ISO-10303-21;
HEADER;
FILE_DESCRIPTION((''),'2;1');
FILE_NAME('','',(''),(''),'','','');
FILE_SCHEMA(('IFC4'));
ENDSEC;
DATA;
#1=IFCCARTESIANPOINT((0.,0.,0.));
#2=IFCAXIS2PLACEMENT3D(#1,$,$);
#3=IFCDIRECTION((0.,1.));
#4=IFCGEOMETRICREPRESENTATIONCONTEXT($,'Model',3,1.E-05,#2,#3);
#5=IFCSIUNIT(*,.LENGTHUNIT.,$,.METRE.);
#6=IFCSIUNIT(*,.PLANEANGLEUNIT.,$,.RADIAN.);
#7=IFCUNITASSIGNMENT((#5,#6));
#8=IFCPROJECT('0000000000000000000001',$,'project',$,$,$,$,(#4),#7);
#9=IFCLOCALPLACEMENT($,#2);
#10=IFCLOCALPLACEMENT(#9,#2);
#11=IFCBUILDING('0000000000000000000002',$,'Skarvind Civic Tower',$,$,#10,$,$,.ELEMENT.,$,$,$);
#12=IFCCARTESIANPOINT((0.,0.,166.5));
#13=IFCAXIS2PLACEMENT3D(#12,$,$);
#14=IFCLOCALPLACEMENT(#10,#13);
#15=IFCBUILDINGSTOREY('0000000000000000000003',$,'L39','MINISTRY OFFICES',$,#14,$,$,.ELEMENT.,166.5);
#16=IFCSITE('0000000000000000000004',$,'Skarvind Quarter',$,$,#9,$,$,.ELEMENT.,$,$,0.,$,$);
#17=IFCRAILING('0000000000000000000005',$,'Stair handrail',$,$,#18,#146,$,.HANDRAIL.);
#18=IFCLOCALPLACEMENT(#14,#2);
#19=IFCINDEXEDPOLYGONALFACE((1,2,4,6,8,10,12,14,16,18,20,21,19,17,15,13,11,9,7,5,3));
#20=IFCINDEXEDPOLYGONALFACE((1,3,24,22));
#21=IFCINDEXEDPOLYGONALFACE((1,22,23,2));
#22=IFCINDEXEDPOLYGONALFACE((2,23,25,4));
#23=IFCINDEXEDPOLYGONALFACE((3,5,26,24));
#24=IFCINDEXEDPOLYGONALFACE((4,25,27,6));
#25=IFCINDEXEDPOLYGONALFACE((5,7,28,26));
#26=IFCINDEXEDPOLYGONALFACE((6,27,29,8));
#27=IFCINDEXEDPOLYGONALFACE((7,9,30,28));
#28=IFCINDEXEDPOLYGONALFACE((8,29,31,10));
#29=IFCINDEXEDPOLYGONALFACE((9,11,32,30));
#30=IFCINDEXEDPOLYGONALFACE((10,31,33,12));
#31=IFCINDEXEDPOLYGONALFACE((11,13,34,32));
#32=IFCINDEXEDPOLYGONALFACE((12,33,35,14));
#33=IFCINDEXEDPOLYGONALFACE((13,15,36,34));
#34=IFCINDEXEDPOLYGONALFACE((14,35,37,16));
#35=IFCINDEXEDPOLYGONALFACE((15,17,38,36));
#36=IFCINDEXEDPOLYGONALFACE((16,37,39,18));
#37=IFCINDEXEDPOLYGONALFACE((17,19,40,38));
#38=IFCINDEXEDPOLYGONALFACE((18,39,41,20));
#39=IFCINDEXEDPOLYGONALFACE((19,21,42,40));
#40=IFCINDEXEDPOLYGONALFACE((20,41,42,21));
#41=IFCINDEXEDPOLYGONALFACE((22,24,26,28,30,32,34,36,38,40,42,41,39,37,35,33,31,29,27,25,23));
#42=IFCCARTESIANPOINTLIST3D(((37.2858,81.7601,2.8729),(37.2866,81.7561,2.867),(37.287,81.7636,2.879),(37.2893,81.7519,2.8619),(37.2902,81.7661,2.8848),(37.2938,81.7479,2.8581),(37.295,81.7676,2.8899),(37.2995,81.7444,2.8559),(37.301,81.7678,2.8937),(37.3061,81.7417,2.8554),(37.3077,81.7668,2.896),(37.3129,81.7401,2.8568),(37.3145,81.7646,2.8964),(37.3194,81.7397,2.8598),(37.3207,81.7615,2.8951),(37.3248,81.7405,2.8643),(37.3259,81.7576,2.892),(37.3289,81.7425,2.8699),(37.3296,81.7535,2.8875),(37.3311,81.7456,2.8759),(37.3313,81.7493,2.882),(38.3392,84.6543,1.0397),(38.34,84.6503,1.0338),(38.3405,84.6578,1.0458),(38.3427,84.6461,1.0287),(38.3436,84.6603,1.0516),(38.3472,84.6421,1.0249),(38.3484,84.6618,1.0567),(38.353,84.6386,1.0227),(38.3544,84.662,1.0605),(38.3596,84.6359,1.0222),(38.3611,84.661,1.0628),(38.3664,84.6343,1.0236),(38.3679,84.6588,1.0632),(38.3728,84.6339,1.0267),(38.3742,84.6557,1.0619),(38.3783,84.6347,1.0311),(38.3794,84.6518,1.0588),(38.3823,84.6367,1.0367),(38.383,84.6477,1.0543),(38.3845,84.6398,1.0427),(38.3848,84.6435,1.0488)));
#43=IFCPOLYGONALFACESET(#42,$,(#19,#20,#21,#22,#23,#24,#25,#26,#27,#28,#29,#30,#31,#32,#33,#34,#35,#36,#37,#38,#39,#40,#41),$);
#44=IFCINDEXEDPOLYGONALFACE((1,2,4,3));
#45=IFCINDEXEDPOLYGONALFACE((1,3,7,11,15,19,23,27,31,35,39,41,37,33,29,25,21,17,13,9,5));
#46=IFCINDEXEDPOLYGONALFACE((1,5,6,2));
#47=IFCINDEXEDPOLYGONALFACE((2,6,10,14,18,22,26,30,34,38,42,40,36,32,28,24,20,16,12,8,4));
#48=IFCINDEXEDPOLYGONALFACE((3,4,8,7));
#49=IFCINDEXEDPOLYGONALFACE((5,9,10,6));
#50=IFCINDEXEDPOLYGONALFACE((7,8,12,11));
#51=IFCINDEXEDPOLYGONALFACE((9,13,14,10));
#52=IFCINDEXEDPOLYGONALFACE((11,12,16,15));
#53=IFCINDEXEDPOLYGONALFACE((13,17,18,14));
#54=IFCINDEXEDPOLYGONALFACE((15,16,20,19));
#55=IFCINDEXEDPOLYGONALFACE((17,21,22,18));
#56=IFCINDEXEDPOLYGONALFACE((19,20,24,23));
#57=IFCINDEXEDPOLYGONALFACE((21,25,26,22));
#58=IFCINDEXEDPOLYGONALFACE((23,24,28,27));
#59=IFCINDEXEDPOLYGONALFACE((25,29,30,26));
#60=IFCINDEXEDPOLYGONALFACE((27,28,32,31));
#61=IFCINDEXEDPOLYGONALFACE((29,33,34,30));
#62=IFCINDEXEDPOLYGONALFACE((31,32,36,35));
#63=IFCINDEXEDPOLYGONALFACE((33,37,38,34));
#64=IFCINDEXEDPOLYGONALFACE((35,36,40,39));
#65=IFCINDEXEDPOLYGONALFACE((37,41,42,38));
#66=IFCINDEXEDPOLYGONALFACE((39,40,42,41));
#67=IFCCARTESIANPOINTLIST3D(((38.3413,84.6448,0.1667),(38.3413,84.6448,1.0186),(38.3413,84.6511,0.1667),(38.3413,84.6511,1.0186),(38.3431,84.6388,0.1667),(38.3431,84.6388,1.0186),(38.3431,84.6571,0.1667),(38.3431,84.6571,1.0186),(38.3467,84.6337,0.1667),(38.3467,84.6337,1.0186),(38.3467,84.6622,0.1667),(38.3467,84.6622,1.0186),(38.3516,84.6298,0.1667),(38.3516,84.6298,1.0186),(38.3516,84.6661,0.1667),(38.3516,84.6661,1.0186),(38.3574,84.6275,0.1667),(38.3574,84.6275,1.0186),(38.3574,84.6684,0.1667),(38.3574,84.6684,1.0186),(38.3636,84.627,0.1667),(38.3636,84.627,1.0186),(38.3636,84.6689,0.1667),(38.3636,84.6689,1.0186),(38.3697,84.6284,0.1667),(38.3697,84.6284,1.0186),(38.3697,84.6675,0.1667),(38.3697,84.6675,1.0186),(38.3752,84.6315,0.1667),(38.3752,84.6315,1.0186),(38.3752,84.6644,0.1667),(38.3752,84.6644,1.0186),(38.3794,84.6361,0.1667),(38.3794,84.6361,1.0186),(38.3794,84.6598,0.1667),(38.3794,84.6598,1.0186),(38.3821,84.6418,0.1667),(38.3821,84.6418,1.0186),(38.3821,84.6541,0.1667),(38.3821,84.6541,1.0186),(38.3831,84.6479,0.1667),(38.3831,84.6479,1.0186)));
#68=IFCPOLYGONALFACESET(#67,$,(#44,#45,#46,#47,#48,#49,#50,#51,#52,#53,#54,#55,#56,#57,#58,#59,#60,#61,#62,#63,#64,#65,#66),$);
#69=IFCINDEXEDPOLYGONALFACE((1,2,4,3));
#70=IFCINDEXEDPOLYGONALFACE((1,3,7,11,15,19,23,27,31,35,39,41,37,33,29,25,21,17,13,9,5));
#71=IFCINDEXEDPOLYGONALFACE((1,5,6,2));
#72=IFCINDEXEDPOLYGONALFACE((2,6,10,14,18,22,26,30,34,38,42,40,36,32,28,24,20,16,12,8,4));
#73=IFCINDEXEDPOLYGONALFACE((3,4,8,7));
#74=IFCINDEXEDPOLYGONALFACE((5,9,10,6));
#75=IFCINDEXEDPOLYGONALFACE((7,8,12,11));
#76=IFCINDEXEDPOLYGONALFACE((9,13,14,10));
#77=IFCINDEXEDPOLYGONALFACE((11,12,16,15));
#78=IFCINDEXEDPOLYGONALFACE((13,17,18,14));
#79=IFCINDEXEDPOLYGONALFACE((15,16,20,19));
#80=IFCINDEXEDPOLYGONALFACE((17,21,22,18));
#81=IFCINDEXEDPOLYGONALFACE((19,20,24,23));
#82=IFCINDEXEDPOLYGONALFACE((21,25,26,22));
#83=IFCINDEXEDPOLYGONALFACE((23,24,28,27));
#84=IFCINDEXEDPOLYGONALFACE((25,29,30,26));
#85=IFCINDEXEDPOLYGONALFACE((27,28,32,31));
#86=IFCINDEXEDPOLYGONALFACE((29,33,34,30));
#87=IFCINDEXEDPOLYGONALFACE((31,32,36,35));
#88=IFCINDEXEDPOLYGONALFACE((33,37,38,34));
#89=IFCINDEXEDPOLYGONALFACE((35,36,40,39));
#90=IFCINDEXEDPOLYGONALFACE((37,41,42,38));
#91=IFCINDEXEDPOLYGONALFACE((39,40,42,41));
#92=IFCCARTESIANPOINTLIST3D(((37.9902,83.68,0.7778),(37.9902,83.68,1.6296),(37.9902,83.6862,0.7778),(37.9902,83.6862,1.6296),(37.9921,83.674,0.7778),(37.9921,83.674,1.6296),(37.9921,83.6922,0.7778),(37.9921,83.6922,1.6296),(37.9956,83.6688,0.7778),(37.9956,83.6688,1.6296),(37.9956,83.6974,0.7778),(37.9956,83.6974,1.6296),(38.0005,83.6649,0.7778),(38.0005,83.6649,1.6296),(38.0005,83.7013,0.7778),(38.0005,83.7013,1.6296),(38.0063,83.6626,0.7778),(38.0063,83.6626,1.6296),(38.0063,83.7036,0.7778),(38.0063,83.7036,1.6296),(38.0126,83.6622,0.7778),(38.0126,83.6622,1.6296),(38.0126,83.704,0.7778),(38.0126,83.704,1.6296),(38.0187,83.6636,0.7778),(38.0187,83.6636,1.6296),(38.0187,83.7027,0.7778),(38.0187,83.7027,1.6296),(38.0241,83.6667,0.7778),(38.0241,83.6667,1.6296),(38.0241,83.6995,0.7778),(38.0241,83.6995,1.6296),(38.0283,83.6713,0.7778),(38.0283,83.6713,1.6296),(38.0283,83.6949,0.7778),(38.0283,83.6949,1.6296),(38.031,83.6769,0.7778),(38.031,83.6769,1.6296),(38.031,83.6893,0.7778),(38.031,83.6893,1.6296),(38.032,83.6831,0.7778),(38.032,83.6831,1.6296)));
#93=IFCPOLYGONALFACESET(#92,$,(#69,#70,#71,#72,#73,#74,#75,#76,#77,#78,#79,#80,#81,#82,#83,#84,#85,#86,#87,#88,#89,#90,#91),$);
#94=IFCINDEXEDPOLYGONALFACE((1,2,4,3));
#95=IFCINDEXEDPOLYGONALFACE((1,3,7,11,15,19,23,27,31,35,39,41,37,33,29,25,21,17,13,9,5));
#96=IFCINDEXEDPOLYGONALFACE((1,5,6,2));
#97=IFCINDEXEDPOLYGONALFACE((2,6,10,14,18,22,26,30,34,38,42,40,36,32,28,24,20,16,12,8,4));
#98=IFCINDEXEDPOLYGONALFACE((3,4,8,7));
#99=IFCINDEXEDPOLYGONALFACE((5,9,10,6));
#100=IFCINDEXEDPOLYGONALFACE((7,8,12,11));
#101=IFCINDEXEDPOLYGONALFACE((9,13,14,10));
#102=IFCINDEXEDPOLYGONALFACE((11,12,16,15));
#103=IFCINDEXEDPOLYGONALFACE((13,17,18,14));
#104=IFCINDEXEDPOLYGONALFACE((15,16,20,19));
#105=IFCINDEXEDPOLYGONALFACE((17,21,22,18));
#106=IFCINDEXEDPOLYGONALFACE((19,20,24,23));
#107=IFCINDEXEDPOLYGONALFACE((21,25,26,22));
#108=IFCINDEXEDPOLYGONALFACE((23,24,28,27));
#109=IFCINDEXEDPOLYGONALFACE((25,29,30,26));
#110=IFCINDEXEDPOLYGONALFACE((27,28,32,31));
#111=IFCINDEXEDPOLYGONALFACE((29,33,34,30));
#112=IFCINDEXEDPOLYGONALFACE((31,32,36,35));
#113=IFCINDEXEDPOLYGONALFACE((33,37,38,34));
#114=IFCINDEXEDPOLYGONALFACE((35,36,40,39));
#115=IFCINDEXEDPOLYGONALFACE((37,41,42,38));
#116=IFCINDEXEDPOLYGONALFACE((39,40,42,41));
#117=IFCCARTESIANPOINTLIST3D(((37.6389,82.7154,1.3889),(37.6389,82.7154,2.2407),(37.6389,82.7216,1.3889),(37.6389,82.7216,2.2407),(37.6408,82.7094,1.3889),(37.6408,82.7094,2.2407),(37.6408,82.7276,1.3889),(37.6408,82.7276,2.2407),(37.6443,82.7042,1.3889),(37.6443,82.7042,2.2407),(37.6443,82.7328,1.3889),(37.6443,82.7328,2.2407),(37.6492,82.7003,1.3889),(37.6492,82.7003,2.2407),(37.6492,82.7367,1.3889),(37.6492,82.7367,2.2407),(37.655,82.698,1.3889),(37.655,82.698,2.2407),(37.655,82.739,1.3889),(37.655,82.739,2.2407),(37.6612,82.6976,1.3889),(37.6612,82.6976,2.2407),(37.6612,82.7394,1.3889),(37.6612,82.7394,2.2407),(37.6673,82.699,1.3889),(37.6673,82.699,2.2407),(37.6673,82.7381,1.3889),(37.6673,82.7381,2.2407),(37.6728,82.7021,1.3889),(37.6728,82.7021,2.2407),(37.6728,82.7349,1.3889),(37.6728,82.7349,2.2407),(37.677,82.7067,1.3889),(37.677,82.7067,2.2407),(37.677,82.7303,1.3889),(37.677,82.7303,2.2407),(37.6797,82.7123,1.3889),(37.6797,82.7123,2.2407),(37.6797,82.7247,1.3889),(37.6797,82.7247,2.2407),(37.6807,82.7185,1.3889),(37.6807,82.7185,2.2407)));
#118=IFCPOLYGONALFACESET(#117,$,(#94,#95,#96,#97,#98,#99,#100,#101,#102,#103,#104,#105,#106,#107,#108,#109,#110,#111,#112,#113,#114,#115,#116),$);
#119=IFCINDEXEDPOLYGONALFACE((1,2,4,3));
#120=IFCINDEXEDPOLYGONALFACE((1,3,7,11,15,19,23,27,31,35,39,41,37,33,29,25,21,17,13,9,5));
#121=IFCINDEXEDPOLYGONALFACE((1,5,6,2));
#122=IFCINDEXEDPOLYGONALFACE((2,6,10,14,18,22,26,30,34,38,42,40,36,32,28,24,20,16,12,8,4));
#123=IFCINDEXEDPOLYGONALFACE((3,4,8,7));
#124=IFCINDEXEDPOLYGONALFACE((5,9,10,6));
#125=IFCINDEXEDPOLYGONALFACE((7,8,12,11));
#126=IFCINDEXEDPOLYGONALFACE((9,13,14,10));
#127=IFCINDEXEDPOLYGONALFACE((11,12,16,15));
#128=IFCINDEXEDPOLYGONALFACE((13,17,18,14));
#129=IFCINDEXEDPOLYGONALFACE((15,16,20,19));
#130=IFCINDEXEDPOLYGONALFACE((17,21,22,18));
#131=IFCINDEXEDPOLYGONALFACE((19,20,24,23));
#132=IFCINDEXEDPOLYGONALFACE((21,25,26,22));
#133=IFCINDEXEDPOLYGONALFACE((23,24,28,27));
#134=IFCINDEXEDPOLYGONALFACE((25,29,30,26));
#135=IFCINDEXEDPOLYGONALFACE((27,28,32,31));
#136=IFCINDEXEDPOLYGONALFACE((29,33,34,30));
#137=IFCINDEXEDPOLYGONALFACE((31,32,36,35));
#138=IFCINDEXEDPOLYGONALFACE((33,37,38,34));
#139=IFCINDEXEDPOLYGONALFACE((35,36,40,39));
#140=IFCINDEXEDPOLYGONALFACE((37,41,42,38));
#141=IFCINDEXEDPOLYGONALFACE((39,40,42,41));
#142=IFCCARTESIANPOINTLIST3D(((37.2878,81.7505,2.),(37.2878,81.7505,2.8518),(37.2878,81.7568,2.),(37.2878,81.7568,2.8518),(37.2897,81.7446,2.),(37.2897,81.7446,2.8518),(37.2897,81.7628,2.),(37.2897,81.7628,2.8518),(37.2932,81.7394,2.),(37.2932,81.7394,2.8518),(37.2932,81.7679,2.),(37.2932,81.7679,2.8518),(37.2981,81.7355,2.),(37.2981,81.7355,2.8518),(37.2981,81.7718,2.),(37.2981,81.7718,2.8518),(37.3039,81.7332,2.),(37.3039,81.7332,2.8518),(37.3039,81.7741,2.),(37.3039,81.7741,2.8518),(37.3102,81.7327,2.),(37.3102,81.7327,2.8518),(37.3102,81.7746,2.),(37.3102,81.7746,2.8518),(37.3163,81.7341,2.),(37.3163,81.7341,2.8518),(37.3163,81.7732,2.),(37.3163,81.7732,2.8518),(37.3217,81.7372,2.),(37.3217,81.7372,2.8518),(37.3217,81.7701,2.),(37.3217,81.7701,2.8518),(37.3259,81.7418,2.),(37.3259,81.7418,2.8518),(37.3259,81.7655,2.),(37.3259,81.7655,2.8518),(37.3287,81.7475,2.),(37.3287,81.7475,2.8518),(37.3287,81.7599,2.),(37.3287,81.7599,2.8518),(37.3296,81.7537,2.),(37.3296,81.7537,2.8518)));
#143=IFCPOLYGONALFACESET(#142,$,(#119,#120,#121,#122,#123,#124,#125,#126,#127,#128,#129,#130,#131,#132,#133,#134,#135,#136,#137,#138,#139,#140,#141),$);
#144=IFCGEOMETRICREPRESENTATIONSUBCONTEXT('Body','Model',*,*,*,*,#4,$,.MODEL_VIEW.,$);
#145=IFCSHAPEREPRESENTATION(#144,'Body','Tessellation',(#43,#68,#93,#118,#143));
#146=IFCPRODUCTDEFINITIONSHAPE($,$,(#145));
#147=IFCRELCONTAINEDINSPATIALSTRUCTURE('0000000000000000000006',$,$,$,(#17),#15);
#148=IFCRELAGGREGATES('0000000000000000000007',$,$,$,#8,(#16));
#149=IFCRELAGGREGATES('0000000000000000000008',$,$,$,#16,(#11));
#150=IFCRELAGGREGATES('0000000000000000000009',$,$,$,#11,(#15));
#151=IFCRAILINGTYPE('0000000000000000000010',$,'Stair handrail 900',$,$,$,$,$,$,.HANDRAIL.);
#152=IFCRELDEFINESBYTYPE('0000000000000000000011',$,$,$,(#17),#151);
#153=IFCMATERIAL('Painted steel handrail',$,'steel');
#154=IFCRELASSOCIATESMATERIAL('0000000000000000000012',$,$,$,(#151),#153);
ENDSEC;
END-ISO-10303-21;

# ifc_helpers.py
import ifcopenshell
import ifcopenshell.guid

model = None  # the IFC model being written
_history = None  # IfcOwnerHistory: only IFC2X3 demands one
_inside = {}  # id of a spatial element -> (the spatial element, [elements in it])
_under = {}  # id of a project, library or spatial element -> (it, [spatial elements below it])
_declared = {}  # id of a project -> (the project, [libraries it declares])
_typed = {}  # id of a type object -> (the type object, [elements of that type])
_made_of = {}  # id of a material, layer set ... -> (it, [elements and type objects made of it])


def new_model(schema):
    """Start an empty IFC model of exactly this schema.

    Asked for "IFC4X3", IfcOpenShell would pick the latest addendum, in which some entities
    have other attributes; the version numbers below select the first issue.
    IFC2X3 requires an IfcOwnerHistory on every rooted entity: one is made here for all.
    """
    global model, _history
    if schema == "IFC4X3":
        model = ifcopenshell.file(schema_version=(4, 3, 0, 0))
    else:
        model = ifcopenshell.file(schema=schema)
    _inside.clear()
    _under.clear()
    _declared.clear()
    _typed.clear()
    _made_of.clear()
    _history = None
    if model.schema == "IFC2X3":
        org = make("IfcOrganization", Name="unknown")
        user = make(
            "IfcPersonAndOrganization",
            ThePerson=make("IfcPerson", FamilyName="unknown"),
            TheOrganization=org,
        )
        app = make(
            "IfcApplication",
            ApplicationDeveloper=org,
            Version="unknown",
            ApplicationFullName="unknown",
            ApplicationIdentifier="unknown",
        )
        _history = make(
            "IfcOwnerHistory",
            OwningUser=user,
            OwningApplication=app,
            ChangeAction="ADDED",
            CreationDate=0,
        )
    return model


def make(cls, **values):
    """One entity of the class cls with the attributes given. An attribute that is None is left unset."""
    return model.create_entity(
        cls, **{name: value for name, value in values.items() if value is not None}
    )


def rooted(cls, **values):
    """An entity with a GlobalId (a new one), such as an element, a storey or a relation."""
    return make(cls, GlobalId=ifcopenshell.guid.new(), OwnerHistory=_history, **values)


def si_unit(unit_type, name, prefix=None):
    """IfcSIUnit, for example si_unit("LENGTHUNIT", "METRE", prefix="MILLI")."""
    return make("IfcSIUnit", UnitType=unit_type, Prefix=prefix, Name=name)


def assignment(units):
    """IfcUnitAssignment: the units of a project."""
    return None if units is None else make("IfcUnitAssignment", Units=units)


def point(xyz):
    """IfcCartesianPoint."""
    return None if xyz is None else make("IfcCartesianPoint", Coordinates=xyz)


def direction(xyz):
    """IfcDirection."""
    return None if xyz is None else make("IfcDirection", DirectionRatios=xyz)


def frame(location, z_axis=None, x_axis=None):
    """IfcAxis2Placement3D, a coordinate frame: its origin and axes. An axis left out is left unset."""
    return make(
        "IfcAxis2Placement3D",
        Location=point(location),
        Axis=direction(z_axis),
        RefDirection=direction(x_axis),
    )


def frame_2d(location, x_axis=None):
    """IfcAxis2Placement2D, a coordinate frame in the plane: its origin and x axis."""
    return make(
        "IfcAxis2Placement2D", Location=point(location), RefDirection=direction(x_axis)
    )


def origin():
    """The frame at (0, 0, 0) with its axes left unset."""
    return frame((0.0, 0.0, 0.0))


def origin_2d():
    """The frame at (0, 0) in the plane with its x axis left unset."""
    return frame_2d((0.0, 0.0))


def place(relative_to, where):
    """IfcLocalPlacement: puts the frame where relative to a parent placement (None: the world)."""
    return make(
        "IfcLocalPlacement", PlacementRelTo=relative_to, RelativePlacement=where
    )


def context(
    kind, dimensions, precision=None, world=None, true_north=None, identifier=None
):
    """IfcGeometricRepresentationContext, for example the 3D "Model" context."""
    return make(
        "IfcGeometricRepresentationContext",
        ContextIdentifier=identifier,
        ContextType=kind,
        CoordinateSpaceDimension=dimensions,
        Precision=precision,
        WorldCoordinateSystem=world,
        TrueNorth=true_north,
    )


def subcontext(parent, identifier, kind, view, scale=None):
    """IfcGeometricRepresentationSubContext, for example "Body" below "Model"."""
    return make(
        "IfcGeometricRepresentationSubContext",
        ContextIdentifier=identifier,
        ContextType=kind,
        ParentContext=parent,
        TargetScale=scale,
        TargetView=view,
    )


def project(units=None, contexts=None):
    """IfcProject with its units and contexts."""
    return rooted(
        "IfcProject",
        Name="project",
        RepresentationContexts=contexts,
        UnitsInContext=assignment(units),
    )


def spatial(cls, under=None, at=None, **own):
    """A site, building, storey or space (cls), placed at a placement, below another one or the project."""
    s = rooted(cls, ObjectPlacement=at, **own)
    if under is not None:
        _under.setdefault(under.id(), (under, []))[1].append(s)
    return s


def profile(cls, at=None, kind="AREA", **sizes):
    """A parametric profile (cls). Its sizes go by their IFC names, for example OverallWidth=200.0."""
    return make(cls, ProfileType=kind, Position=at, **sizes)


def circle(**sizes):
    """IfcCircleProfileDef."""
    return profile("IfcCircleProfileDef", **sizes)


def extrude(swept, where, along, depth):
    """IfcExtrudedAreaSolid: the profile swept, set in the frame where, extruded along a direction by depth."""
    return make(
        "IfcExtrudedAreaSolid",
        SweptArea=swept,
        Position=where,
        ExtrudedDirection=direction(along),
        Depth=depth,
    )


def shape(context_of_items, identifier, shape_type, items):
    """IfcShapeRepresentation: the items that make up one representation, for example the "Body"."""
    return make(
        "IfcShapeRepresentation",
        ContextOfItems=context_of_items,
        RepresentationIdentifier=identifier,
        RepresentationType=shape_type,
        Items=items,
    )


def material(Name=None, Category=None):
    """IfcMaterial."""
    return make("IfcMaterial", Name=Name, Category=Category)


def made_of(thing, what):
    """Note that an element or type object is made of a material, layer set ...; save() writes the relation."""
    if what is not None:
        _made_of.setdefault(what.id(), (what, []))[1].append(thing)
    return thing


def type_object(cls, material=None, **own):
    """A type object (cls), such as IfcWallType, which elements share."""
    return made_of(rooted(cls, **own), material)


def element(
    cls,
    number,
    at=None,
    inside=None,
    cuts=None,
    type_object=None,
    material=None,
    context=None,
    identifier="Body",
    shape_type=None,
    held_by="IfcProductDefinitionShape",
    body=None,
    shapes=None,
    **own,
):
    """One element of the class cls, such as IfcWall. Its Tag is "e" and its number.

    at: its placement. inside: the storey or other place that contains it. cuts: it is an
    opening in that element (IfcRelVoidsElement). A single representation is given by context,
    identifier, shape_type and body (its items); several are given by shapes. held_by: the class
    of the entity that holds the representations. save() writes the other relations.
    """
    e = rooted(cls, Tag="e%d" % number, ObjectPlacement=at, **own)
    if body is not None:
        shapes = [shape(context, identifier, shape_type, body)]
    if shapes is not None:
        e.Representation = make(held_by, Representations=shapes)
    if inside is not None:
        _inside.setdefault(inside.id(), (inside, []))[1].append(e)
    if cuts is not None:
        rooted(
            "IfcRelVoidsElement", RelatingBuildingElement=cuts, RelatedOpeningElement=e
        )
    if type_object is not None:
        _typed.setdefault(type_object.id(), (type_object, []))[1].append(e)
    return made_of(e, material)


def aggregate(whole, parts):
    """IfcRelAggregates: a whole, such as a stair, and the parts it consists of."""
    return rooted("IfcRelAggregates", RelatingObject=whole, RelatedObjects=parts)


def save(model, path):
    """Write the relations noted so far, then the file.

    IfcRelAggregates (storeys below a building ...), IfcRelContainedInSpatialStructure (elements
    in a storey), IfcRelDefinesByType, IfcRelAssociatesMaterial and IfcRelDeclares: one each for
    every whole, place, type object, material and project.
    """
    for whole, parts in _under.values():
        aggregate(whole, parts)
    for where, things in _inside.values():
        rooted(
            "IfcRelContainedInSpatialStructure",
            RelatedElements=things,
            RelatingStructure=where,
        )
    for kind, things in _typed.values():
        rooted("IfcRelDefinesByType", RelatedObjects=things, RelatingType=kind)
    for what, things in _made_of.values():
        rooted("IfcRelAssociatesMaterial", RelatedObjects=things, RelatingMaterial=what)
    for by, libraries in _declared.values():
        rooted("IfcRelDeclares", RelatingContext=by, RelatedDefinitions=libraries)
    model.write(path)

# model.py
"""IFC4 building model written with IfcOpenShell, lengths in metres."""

from ifc_helpers import new_model, si_unit, direction, frame, origin, origin_2d, place, context, subcontext, project, spatial, circle, extrude, material, type_object, element, save


model = new_model("IFC4")

# Units and contexts
model_context = context("Model", 3, precision=1e-05, world=origin(), true_north=direction((0.0, 1.0)))
body_context = subcontext(model_context, "Body", "Model", "MODEL_VIEW")
ifc_project = project(units=[si_unit("LENGTHUNIT", "METRE"), si_unit("PLANEANGLEUNIT", "RADIAN")], contexts=[model_context])

# Site, building, storey
site_placement = place(None, origin())
site = spatial("IfcSite", under=ifc_project, at=site_placement, Name="Skarvind Quarter", CompositionType="ELEMENT", RefElevation=0.0)
building_placement = place(site_placement, origin())
building = spatial("IfcBuilding", under=site, at=building_placement, Name="Skarvind Civic Tower", CompositionType="ELEMENT")
storey_placement = place(building_placement, frame((0.0, 0.0, 166.5)))
storey = spatial("IfcBuildingStorey", under=building, at=storey_placement, Name="L39", Description="MINISTRY OFFICES", CompositionType="ELEMENT", Elevation=166.5)

# Railing
ifc_material_1 = material(Name="Painted steel handrail", Category="steel")
railing_type = type_object("IfcRailingType", Name="Stair handrail 900", PredefinedType="HANDRAIL", material=ifc_material_1)
railing_placement = place(storey_placement, frame((38.3621, 84.6479, 0.1667)))
element("IfcRailing", 1, at=railing_placement, inside=storey, type_object=railing_type, Name="Stair handrail", PredefinedType="HANDRAIL", context=body_context, shape_type="SweptSolid", body=[
    extrude(circle(Radius=0.0239, at=origin_2d()), frame((0.0, 0.0, 0.876), z_axis=(-0.293908, -0.807481, 0.511461), x_axis=(0.939689, -0.342029, 0.0)), (0.0, 0.0, 1.0), 3.5842),
    extrude(circle(Radius=0.021, at=origin_2d()), origin(), (0.0, 0.0, 1.0), 0.8518),
    extrude(circle(Radius=0.021, at=origin_2d()), frame((-0.3511, -0.9648, 0.6111)), (0.0, 0.0, 1.0), 0.8518),
    extrude(circle(Radius=0.021, at=origin_2d()), frame((-0.7024, -1.9294, 1.2222)), (0.0, 0.0, 1.0), 0.8518),
    extrude(circle(Radius=0.021, at=origin_2d()), frame((-1.0535, -2.8943, 1.8333)), (0.0, 0.0, 1.0), 0.8518),
])

save(model, "model.ifc")
